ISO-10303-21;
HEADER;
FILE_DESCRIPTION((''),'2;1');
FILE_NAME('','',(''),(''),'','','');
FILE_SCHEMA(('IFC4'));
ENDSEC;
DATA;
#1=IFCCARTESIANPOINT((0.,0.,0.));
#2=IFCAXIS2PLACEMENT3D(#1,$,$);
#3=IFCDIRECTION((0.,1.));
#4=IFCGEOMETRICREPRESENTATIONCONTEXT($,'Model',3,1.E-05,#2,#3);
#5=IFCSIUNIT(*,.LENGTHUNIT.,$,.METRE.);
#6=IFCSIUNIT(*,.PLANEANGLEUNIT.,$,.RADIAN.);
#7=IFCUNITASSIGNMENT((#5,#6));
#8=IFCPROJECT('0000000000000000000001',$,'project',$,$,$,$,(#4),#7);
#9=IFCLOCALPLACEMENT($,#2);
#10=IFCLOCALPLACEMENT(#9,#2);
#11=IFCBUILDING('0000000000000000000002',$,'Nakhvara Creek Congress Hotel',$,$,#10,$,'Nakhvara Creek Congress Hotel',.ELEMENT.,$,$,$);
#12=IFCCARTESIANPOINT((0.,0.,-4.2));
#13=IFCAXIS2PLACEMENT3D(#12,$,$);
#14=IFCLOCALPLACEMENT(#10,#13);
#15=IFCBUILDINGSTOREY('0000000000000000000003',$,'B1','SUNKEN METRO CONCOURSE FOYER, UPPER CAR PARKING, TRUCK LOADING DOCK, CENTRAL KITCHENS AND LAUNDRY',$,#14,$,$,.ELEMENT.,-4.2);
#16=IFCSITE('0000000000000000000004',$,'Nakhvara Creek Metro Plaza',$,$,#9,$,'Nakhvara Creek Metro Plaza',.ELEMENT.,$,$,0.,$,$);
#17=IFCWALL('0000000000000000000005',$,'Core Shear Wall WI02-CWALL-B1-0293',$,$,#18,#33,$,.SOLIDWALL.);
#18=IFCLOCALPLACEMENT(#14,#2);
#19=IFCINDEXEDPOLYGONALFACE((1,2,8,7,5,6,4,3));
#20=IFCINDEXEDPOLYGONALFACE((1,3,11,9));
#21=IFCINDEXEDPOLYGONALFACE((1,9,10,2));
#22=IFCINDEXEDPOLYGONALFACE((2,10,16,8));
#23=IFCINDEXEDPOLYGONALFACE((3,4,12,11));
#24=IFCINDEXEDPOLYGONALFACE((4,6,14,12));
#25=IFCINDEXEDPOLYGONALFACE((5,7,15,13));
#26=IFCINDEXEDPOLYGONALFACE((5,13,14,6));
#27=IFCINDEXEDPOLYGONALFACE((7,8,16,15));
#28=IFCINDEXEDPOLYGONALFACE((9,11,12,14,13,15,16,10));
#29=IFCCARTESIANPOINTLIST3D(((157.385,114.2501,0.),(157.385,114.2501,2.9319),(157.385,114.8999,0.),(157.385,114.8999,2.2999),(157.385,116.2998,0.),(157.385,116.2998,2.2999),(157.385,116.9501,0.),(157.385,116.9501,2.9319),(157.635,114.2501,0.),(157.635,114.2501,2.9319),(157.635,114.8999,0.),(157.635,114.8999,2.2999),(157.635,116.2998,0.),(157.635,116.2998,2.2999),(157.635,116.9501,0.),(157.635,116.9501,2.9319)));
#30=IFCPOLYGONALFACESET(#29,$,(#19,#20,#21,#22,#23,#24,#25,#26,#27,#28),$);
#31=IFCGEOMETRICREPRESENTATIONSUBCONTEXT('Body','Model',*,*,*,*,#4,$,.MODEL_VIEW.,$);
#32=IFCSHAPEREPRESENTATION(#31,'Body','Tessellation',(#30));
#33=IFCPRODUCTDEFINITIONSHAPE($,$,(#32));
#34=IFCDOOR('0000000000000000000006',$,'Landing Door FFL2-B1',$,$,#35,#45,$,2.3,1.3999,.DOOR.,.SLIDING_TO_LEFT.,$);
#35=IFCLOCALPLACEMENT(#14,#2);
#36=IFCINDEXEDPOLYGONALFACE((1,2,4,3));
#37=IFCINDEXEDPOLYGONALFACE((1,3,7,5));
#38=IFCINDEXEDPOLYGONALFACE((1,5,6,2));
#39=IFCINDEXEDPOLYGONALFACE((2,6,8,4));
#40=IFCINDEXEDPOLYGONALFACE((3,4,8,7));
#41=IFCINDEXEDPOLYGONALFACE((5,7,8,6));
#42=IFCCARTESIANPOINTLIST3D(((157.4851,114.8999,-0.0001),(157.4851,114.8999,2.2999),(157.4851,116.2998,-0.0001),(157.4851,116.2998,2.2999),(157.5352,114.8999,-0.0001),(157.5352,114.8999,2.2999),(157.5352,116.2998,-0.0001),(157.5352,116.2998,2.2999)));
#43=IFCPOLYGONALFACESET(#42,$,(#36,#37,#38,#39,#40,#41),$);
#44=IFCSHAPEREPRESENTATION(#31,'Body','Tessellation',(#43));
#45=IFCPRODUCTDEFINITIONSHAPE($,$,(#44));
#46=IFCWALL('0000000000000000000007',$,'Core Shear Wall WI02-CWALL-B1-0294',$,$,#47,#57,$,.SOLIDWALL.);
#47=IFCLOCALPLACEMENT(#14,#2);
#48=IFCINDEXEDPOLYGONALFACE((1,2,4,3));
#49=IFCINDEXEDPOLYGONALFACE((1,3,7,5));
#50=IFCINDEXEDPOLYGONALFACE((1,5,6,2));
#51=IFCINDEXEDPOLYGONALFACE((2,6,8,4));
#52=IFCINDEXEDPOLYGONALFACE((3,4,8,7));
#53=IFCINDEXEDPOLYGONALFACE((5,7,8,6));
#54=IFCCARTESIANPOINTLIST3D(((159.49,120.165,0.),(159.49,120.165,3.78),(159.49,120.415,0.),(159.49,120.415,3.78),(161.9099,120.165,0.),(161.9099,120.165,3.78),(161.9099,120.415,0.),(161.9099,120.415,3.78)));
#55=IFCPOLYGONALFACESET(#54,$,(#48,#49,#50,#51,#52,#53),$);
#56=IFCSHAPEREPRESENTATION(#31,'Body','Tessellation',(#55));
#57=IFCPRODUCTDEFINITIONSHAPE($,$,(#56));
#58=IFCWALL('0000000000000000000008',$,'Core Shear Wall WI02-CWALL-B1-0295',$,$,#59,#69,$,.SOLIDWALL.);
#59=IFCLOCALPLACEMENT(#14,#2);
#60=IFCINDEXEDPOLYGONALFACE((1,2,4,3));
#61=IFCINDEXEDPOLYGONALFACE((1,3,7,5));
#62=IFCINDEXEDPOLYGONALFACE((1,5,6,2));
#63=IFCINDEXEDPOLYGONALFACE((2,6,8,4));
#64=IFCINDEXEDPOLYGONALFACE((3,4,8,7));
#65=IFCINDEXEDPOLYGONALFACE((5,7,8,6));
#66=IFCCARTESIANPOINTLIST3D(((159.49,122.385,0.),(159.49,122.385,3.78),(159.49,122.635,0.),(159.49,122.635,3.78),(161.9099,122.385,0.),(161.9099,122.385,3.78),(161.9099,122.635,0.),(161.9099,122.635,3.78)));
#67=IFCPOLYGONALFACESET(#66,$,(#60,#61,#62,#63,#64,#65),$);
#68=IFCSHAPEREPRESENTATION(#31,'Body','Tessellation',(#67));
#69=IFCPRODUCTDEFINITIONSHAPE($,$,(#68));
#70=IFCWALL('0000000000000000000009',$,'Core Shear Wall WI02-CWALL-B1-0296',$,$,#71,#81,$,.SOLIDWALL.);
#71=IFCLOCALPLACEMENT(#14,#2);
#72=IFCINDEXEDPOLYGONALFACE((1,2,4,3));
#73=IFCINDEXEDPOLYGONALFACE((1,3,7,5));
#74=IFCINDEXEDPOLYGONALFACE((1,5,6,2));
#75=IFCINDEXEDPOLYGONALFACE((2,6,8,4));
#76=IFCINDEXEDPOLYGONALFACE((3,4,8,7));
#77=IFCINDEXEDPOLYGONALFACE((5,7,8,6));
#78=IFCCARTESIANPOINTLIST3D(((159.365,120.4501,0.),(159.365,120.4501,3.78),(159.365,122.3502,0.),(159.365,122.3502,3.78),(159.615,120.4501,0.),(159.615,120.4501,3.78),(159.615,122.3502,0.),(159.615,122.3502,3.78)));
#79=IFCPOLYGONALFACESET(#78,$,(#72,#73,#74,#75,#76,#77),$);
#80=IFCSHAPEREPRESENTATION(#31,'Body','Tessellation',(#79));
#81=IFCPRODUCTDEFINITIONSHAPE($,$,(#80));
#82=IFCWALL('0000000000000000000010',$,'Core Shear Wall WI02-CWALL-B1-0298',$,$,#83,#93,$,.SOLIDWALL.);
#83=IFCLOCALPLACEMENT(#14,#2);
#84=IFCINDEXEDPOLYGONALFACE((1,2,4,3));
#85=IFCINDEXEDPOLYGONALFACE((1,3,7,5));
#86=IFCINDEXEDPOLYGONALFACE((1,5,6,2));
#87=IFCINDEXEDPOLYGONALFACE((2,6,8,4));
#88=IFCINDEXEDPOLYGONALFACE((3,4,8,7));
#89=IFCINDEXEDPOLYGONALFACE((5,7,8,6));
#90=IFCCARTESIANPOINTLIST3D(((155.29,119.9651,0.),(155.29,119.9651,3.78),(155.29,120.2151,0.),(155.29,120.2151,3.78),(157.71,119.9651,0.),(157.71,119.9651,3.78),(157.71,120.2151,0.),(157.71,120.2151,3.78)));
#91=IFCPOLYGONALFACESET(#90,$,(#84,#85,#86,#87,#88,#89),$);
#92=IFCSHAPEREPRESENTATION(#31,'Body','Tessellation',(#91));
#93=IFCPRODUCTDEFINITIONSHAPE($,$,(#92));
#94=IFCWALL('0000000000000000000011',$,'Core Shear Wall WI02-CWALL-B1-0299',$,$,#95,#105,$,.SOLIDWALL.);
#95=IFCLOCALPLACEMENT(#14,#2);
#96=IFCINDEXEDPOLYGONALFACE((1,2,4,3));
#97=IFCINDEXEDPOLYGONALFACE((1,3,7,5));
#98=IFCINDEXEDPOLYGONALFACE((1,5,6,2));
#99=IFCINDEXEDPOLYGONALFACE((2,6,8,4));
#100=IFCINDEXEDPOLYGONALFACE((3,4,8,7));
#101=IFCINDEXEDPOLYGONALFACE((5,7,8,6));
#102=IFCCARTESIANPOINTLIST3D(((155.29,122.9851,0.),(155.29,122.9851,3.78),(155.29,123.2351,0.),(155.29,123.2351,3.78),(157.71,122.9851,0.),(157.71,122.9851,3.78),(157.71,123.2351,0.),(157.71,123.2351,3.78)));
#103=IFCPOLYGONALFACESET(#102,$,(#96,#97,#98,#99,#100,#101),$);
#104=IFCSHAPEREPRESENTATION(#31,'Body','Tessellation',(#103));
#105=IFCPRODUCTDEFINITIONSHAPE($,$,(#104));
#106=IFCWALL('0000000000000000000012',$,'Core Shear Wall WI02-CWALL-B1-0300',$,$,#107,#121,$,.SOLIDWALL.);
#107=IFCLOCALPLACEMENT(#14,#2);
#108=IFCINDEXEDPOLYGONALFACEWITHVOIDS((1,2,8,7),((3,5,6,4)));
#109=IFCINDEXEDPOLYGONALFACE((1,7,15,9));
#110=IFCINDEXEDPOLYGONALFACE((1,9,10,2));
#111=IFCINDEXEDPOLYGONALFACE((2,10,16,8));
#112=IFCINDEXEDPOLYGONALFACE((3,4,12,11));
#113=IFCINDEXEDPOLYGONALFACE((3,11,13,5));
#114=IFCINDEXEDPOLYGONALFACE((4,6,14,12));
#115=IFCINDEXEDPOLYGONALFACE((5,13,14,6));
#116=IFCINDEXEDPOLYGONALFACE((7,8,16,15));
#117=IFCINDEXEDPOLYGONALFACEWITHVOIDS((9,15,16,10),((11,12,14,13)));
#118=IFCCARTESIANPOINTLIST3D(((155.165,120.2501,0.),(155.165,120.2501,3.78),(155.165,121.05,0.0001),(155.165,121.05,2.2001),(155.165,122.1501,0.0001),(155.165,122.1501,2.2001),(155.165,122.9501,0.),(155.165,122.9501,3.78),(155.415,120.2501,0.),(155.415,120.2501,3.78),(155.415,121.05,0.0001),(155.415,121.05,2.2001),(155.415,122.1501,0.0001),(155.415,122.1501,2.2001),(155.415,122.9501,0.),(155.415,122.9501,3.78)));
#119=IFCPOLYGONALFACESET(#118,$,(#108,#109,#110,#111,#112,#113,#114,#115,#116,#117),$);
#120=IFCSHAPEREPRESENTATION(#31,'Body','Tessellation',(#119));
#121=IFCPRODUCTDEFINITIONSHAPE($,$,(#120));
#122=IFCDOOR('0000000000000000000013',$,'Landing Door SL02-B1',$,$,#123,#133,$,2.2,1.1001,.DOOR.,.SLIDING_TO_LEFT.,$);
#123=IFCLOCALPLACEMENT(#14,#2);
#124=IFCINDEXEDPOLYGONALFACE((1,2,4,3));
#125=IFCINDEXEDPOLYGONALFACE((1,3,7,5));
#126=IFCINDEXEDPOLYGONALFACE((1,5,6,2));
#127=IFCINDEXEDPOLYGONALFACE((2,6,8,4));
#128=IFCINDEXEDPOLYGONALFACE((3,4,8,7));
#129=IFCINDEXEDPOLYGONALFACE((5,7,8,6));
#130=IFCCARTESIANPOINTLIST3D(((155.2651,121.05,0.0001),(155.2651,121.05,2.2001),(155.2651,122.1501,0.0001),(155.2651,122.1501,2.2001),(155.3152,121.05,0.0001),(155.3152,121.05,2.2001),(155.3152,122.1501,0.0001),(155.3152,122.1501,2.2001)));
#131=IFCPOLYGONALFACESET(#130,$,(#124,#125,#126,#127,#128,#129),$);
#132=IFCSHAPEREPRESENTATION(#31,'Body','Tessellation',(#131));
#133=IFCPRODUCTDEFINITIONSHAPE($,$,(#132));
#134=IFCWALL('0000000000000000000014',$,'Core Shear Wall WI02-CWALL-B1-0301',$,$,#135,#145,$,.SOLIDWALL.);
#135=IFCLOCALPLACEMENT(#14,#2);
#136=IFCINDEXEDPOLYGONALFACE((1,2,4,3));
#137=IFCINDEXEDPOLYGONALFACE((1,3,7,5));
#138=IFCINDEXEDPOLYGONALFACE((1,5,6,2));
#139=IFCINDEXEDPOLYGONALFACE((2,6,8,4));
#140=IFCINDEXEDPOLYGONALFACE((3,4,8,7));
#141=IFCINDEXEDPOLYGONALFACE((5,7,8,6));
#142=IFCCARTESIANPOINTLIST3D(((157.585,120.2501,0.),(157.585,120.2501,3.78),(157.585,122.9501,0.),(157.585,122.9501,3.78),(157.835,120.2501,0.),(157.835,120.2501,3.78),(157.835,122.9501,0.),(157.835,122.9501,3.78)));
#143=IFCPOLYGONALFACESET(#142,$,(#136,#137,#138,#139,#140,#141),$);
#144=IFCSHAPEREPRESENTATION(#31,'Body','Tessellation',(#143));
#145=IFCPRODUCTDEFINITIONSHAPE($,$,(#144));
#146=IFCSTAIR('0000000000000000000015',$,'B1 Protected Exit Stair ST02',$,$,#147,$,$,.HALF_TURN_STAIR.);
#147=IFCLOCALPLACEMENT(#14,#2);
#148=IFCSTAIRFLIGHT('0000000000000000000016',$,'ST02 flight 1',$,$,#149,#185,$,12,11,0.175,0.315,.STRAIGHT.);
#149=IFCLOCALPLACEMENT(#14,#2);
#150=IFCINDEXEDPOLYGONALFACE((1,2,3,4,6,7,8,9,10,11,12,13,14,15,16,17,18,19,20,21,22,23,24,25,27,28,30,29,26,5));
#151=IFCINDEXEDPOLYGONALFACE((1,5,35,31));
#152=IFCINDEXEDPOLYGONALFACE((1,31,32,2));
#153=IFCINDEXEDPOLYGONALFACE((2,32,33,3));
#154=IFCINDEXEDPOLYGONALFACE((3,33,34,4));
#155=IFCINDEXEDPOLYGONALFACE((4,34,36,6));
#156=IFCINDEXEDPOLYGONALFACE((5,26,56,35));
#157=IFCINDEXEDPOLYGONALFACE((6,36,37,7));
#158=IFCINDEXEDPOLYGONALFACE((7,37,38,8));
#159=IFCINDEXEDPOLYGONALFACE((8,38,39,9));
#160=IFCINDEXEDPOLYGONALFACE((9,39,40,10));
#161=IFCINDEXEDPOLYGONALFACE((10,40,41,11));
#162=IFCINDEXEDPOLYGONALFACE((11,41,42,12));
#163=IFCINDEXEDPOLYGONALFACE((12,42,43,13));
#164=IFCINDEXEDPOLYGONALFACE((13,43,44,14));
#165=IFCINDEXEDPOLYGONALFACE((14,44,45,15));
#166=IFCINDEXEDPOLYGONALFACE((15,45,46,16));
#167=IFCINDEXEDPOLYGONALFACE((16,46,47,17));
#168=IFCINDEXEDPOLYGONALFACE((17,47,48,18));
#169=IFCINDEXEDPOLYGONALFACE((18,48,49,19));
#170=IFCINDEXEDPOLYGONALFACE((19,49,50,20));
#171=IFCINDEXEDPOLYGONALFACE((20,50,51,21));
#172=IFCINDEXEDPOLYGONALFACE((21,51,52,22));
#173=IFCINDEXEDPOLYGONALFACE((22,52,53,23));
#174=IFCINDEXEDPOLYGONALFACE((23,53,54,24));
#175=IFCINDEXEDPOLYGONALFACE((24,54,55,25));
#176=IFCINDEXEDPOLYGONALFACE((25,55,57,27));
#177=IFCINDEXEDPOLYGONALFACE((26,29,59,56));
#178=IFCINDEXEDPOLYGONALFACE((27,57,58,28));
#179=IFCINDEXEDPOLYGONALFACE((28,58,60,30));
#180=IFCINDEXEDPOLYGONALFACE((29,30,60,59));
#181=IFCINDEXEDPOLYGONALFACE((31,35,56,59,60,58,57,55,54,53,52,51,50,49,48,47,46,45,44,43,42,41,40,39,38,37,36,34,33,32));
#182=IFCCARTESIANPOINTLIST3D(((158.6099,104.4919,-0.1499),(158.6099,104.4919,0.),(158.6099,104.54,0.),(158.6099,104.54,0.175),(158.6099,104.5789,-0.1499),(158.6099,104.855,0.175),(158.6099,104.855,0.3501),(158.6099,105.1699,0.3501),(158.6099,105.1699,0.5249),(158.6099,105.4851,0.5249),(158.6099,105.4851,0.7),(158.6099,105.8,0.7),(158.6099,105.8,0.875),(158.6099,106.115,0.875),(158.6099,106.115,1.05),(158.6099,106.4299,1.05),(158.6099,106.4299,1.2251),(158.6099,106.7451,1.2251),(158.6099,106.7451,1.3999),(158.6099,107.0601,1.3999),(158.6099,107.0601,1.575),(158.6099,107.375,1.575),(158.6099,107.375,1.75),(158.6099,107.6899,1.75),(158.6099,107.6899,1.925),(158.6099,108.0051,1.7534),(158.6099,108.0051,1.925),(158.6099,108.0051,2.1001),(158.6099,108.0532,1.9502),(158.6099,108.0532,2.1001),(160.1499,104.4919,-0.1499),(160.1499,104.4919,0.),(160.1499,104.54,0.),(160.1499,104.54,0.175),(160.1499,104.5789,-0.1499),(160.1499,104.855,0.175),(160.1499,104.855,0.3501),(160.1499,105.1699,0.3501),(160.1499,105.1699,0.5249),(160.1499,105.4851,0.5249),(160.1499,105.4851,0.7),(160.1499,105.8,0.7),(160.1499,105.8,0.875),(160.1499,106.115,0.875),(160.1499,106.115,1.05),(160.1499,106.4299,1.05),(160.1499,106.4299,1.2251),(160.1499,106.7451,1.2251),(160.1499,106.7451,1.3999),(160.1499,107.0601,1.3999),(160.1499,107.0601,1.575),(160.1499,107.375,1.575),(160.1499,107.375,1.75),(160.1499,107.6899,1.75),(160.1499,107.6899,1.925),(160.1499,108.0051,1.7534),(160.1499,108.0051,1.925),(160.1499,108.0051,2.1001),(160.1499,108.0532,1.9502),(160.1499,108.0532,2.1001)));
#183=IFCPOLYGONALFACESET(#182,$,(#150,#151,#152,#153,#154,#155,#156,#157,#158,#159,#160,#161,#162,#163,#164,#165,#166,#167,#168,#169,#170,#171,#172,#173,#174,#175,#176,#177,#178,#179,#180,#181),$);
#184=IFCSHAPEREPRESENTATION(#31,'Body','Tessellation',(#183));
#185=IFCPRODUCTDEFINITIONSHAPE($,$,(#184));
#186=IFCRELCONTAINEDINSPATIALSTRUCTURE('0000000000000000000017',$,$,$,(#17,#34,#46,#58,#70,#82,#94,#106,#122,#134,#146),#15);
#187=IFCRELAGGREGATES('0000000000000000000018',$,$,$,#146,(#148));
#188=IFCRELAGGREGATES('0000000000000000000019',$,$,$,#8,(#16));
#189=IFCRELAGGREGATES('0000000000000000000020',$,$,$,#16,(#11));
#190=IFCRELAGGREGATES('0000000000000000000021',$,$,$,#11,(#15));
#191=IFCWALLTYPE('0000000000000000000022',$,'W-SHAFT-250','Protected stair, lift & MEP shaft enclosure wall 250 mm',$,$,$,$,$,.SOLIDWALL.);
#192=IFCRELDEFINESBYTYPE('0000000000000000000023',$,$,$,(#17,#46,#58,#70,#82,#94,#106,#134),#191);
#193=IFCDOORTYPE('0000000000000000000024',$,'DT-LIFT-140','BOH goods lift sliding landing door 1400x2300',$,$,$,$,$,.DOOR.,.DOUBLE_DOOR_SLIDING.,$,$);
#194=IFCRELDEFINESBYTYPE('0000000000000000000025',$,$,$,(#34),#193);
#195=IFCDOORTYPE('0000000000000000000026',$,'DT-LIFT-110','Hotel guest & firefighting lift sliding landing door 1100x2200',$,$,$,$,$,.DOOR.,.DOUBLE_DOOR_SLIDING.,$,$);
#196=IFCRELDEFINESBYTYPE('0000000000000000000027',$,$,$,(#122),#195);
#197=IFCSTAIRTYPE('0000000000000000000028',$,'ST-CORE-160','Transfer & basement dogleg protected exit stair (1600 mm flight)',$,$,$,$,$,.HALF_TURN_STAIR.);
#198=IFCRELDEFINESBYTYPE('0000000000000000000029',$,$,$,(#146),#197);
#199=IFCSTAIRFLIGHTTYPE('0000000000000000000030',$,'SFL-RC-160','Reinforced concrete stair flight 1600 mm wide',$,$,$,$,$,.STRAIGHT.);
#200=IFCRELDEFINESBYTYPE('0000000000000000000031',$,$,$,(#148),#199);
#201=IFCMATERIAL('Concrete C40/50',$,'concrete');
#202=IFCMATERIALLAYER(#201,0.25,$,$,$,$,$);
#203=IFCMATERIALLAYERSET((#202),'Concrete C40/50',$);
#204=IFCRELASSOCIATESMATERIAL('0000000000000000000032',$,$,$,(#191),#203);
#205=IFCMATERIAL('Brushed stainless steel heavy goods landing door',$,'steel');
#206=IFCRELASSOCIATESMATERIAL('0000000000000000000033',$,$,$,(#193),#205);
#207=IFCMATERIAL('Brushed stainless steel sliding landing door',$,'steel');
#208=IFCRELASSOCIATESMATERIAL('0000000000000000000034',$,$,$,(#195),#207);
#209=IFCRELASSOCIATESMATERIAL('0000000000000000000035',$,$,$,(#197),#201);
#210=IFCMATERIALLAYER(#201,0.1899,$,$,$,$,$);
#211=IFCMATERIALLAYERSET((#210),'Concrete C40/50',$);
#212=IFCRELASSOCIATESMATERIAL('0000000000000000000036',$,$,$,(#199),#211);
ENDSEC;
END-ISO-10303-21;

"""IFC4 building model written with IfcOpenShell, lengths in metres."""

from ifc_helpers import new_model, si_unit, direction, frame, frame_2d, origin, place, context, subcontext, project, spatial, polyline, rectangle, outline, extrude, material, layer, layer_set, type_object, element, fill, aggregate, save


model = new_model("IFC4")

# Units and contexts
model_context = context("Model", 3, precision=1e-05, world=origin(), true_north=direction((0.0, 1.0)))
body_context = subcontext(model_context, "Body", "Model", "MODEL_VIEW")
ifc_project = project(units=[si_unit("LENGTHUNIT", "METRE"), si_unit("PLANEANGLEUNIT", "RADIAN")], contexts=[model_context])

# Site, building, storey
site_placement = place(None, origin())
site = spatial("IfcSite", under=ifc_project, at=site_placement, Name="Nakhvara Creek Metro Plaza", LongName="Nakhvara Creek Metro Plaza", CompositionType="ELEMENT", RefElevation=0.0)
building_placement = place(site_placement, origin())
building = spatial("IfcBuilding", under=site, at=building_placement, Name="Nakhvara Creek Congress Hotel", LongName="Nakhvara Creek Congress Hotel", CompositionType="ELEMENT")
storey_placement = place(building_placement, frame((0.0, 0.0, -4.2)))
storey = spatial("IfcBuildingStorey", under=building, at=storey_placement, Name="B1", Description="SUNKEN METRO CONCOURSE FOYER, UPPER CAR PARKING, TRUCK LOADING DOCK, CENTRAL KITCHENS AND LAUNDRY", CompositionType="ELEMENT", Elevation=-4.2)

# Shared definitions
ifc_material_1 = material(Name="Concrete C40/50", Category="concrete")

# Shared definitions
ifc_layer_1 = layer(ifc_material_1, 0.25)
ifc_layer_set_1 = layer_set([ifc_layer_1], Name="Concrete C40/50")
wall_type_1 = type_object("IfcWallType", Name="W-SHAFT-250", Description="Protected stair, lift & MEP shaft enclosure wall 250 mm", PredefinedType="SOLIDWALL", material=ifc_layer_set_1)

# Wall, opening, door
wall_1_placement = place(storey_placement, frame((157.51, 114.25, 0.0), z_axis=(0.0, 0.0, 1.0), x_axis=(0.0, 1.0, 0.0)))
wall_1 = element("IfcWall", 1, at=wall_1_placement, inside=storey, type_object=wall_type_1, Name="Core Shear Wall WI02-CWALL-B1-0293", PredefinedType="SOLIDWALL", context=body_context, shape_type="SweptSolid", body=[
    extrude(rectangle(XDim=2.7, YDim=0.25, at=frame_2d((1.3501, 0.0))), origin(), (0.0, 0.0, 1.0), 2.9319),
])
opening_1_placement = place(wall_1_placement, frame((0.6499, 0.0, 0.0)))
opening_1 = element("IfcOpeningElement", 2, at=opening_1_placement, cuts=wall_1, PredefinedType="OPENING", context=body_context, shape_type="SweptSolid", body=[
    extrude(rectangle(XDim=1.3999, YDim=2.3, at=frame_2d((0.7, 1.1499))), frame((0.0, 0.137, 0.0), z_axis=(0.0, -1.0, 0.0), x_axis=(1.0, 0.0, 0.0)), (0.0, 0.0, 1.0), 0.2739),
])
ifc_material_2 = material(Name="Brushed stainless steel heavy goods landing door", Category="steel")
door_type_1 = type_object("IfcDoorType", Name="DT-LIFT-140", Description="BOH goods lift sliding landing door 1400x2300", OperationType="DOUBLE_DOOR_SLIDING", PredefinedType="DOOR", material=ifc_material_2)
door_1_placement = place(opening_1_placement, origin())
door_1 = element("IfcDoor", 3, at=door_1_placement, inside=storey, type_object=door_type_1, Name="Landing Door FFL2-B1", OperationType="SLIDING_TO_LEFT", OverallHeight=2.3, OverallWidth=1.3999, PredefinedType="DOOR", context=body_context, shape_type="SweptSolid", body=[
    extrude(rectangle(XDim=1.3999, YDim=2.3, at=frame_2d((0.7, 1.1499))), frame((0.0, 0.0249, 0.0), z_axis=(0.0, -1.0, 0.0), x_axis=(1.0, 0.0, 0.0)), (0.0, 0.0, 1.0), 0.05),
])
fill(opening_1, door_1)

# Walls
for number, where, z_axis, x_axis, name in (
    (4, (159.49, 120.29, 0.0), (0.0, 0.0, 1.0), (1.0, 0.0, 0.0), "Core Shear Wall WI02-CWALL-B1-0294"),
    (5, (159.49, 122.51, 0.0), (0.0, 0.0, 1.0), (1.0, 0.0, 0.0), "Core Shear Wall WI02-CWALL-B1-0295"),
):
    element("IfcWall", number, at=place(storey_placement, frame(where, z_axis=z_axis, x_axis=x_axis)), inside=storey, type_object=wall_type_1, Name=name, PredefinedType="SOLIDWALL", context=body_context, shape_type="SweptSolid", body=[
        extrude(rectangle(XDim=2.4199, YDim=0.25, at=frame_2d((1.21, 0.0))), origin(), (0.0, 0.0, 1.0), 3.78),
    ])
wall_2_placement = place(storey_placement, frame((159.49, 120.45, 0.0), z_axis=(0.0, 0.0, 1.0), x_axis=(0.0, 1.0, 0.0)))
element("IfcWall", 6, at=wall_2_placement, inside=storey, type_object=wall_type_1, Name="Core Shear Wall WI02-CWALL-B1-0296", PredefinedType="SOLIDWALL", context=body_context, shape_type="SweptSolid", body=[
    extrude(rectangle(XDim=1.9001, YDim=0.25, at=frame_2d((0.9502, 0.0))), origin(), (0.0, 0.0, 1.0), 3.78),
])
for number, where, z_axis, x_axis, name in (
    (7, (155.29, 120.0901, 0.0), (0.0, 0.0, 1.0), (1.0, 0.0, 0.0), "Core Shear Wall WI02-CWALL-B1-0298"),
    (8, (155.29, 123.1101, 0.0), (0.0, 0.0, 1.0), (1.0, 0.0, 0.0), "Core Shear Wall WI02-CWALL-B1-0299"),
):
    element("IfcWall", number, at=place(storey_placement, frame(where, z_axis=z_axis, x_axis=x_axis)), inside=storey, type_object=wall_type_1, Name=name, PredefinedType="SOLIDWALL", context=body_context, shape_type="SweptSolid", body=[
        extrude(rectangle(XDim=2.4199, YDim=0.25, at=frame_2d((1.21, 0.0))), origin(), (0.0, 0.0, 1.0), 3.78),
    ])

# Wall, opening, door
wall_3_placement = place(storey_placement, frame((155.29, 120.25, 0.0), z_axis=(0.0, 0.0, 1.0), x_axis=(0.0, 1.0, 0.0)))
wall_3 = element("IfcWall", 9, at=wall_3_placement, inside=storey, type_object=wall_type_1, Name="Core Shear Wall WI02-CWALL-B1-0300", PredefinedType="SOLIDWALL", context=body_context, shape_type="SweptSolid", body=[
    extrude(rectangle(XDim=2.7, YDim=0.25, at=frame_2d((1.3501, 0.0))), origin(), (0.0, 0.0, 1.0), 3.78),
])
opening_2_placement = place(wall_3_placement, frame((0.8, 0.0, 0.0)))
opening_2 = element("IfcOpeningElement", 10, at=opening_2_placement, cuts=wall_3, PredefinedType="OPENING", context=body_context, shape_type="SweptSolid", body=[
    extrude(rectangle(XDim=1.1001, YDim=2.2, at=frame_2d((0.55, 1.1001))), frame((0.0, 0.137, 0.0), z_axis=(0.0, -1.0, 0.0), x_axis=(1.0, 0.0, 0.0)), (0.0, 0.0, 1.0), 0.2739),
])
ifc_material_3 = material(Name="Brushed stainless steel sliding landing door", Category="steel")
door_type_2 = type_object("IfcDoorType", Name="DT-LIFT-110", Description="Hotel guest & firefighting lift sliding landing door 1100x2200", OperationType="DOUBLE_DOOR_SLIDING", PredefinedType="DOOR", material=ifc_material_3)
door_2_placement = place(opening_2_placement, origin())
door_2 = element("IfcDoor", 11, at=door_2_placement, inside=storey, type_object=door_type_2, Name="Landing Door SL02-B1", OperationType="SLIDING_TO_LEFT", OverallHeight=2.2, OverallWidth=1.1001, PredefinedType="DOOR", context=body_context, shape_type="SweptSolid", body=[
    extrude(rectangle(XDim=1.1001, YDim=2.2, at=frame_2d((0.55, 1.1001))), frame((0.0, 0.0249, 0.0), z_axis=(0.0, -1.0, 0.0), x_axis=(1.0, 0.0, 0.0)), (0.0, 0.0, 1.0), 0.05),
])
fill(opening_2, door_2)

# Wall
wall_4_placement = place(storey_placement, frame((157.71, 120.25, 0.0), z_axis=(0.0, 0.0, 1.0), x_axis=(0.0, 1.0, 0.0)))
element("IfcWall", 12, at=wall_4_placement, inside=storey, type_object=wall_type_1, Name="Core Shear Wall WI02-CWALL-B1-0301", PredefinedType="SOLIDWALL", context=body_context, shape_type="SweptSolid", body=[
    extrude(rectangle(XDim=2.7, YDim=0.25, at=frame_2d((1.3501, 0.0))), origin(), (0.0, 0.0, 1.0), 3.78),
])

# Stair, stair flight
stair_type = type_object("IfcStairType", Name="ST-CORE-160", Description="Transfer & basement dogleg protected exit stair (1600 mm flight)", PredefinedType="HALF_TURN_STAIR", material=ifc_material_1)
stair_placement = place(storey_placement, origin())
stair = element("IfcStair", 13, at=stair_placement, inside=storey, type_object=stair_type, Name="B1 Protected Exit Stair ST02", PredefinedType="HALF_TURN_STAIR")
ifc_layer_2 = layer(ifc_material_1, 0.1899)
ifc_layer_set_2 = layer_set([ifc_layer_2], Name="Concrete C40/50")
stair_flight_type = type_object("IfcStairFlightType", Name="SFL-RC-160", Description="Reinforced concrete stair flight 1600 mm wide", PredefinedType="STRAIGHT", material=ifc_layer_set_2)
stair_flight_1_placement = place(storey_placement, frame((159.3799, 104.54, 0.0), z_axis=(0.0, 0.0, 1.0), x_axis=(0.0, 1.0, 0.0)))
stair_flight_1 = element("IfcStairFlight", 14, at=stair_flight_1_placement, type_object=stair_flight_type, Name="ST02 flight 1", NumberOfRisers=12, NumberOfTreads=11, PredefinedType="STRAIGHT", RiserHeight=0.175, TreadLength=0.315, context=body_context, shape_type="SweptSolid", body=[
    extrude(outline(polyline([(-0.0481, 0.0), (0.0, 0.0), (0.0, 0.175), (0.3149, 0.175), (0.3149, 0.3501), (0.6299, 0.3501), (0.6299, 0.5249), (0.9451, 0.5249), (0.9451, 0.7), (1.26, 0.7), (1.26, 0.875), (1.575, 0.875), (1.575, 1.05), (1.8899, 1.05), (1.8899, 1.2251), (2.2051, 1.2251), (2.2051, 1.3999), (2.52, 1.3999), (2.52, 1.575), (2.835, 1.575), (2.835, 1.75), (3.1499, 1.75), (3.1499, 1.925), (3.4651, 1.925), (3.4651, 2.1001), (3.5132, 2.1001), (3.5132, 1.9502), (3.4651, 1.7534), (0.0388, -0.1499), (-0.0481, -0.1499), (-0.0481, 0.0)])), frame((0.0, 0.77, 0.0), z_axis=(0.0, -1.0, 0.0), x_axis=(1.0, 0.0, 0.0)), (0.0, 0.0, 1.0), 1.54),
])
aggregate(stair, [stair_flight_1])

save(model, "model.ifc")
